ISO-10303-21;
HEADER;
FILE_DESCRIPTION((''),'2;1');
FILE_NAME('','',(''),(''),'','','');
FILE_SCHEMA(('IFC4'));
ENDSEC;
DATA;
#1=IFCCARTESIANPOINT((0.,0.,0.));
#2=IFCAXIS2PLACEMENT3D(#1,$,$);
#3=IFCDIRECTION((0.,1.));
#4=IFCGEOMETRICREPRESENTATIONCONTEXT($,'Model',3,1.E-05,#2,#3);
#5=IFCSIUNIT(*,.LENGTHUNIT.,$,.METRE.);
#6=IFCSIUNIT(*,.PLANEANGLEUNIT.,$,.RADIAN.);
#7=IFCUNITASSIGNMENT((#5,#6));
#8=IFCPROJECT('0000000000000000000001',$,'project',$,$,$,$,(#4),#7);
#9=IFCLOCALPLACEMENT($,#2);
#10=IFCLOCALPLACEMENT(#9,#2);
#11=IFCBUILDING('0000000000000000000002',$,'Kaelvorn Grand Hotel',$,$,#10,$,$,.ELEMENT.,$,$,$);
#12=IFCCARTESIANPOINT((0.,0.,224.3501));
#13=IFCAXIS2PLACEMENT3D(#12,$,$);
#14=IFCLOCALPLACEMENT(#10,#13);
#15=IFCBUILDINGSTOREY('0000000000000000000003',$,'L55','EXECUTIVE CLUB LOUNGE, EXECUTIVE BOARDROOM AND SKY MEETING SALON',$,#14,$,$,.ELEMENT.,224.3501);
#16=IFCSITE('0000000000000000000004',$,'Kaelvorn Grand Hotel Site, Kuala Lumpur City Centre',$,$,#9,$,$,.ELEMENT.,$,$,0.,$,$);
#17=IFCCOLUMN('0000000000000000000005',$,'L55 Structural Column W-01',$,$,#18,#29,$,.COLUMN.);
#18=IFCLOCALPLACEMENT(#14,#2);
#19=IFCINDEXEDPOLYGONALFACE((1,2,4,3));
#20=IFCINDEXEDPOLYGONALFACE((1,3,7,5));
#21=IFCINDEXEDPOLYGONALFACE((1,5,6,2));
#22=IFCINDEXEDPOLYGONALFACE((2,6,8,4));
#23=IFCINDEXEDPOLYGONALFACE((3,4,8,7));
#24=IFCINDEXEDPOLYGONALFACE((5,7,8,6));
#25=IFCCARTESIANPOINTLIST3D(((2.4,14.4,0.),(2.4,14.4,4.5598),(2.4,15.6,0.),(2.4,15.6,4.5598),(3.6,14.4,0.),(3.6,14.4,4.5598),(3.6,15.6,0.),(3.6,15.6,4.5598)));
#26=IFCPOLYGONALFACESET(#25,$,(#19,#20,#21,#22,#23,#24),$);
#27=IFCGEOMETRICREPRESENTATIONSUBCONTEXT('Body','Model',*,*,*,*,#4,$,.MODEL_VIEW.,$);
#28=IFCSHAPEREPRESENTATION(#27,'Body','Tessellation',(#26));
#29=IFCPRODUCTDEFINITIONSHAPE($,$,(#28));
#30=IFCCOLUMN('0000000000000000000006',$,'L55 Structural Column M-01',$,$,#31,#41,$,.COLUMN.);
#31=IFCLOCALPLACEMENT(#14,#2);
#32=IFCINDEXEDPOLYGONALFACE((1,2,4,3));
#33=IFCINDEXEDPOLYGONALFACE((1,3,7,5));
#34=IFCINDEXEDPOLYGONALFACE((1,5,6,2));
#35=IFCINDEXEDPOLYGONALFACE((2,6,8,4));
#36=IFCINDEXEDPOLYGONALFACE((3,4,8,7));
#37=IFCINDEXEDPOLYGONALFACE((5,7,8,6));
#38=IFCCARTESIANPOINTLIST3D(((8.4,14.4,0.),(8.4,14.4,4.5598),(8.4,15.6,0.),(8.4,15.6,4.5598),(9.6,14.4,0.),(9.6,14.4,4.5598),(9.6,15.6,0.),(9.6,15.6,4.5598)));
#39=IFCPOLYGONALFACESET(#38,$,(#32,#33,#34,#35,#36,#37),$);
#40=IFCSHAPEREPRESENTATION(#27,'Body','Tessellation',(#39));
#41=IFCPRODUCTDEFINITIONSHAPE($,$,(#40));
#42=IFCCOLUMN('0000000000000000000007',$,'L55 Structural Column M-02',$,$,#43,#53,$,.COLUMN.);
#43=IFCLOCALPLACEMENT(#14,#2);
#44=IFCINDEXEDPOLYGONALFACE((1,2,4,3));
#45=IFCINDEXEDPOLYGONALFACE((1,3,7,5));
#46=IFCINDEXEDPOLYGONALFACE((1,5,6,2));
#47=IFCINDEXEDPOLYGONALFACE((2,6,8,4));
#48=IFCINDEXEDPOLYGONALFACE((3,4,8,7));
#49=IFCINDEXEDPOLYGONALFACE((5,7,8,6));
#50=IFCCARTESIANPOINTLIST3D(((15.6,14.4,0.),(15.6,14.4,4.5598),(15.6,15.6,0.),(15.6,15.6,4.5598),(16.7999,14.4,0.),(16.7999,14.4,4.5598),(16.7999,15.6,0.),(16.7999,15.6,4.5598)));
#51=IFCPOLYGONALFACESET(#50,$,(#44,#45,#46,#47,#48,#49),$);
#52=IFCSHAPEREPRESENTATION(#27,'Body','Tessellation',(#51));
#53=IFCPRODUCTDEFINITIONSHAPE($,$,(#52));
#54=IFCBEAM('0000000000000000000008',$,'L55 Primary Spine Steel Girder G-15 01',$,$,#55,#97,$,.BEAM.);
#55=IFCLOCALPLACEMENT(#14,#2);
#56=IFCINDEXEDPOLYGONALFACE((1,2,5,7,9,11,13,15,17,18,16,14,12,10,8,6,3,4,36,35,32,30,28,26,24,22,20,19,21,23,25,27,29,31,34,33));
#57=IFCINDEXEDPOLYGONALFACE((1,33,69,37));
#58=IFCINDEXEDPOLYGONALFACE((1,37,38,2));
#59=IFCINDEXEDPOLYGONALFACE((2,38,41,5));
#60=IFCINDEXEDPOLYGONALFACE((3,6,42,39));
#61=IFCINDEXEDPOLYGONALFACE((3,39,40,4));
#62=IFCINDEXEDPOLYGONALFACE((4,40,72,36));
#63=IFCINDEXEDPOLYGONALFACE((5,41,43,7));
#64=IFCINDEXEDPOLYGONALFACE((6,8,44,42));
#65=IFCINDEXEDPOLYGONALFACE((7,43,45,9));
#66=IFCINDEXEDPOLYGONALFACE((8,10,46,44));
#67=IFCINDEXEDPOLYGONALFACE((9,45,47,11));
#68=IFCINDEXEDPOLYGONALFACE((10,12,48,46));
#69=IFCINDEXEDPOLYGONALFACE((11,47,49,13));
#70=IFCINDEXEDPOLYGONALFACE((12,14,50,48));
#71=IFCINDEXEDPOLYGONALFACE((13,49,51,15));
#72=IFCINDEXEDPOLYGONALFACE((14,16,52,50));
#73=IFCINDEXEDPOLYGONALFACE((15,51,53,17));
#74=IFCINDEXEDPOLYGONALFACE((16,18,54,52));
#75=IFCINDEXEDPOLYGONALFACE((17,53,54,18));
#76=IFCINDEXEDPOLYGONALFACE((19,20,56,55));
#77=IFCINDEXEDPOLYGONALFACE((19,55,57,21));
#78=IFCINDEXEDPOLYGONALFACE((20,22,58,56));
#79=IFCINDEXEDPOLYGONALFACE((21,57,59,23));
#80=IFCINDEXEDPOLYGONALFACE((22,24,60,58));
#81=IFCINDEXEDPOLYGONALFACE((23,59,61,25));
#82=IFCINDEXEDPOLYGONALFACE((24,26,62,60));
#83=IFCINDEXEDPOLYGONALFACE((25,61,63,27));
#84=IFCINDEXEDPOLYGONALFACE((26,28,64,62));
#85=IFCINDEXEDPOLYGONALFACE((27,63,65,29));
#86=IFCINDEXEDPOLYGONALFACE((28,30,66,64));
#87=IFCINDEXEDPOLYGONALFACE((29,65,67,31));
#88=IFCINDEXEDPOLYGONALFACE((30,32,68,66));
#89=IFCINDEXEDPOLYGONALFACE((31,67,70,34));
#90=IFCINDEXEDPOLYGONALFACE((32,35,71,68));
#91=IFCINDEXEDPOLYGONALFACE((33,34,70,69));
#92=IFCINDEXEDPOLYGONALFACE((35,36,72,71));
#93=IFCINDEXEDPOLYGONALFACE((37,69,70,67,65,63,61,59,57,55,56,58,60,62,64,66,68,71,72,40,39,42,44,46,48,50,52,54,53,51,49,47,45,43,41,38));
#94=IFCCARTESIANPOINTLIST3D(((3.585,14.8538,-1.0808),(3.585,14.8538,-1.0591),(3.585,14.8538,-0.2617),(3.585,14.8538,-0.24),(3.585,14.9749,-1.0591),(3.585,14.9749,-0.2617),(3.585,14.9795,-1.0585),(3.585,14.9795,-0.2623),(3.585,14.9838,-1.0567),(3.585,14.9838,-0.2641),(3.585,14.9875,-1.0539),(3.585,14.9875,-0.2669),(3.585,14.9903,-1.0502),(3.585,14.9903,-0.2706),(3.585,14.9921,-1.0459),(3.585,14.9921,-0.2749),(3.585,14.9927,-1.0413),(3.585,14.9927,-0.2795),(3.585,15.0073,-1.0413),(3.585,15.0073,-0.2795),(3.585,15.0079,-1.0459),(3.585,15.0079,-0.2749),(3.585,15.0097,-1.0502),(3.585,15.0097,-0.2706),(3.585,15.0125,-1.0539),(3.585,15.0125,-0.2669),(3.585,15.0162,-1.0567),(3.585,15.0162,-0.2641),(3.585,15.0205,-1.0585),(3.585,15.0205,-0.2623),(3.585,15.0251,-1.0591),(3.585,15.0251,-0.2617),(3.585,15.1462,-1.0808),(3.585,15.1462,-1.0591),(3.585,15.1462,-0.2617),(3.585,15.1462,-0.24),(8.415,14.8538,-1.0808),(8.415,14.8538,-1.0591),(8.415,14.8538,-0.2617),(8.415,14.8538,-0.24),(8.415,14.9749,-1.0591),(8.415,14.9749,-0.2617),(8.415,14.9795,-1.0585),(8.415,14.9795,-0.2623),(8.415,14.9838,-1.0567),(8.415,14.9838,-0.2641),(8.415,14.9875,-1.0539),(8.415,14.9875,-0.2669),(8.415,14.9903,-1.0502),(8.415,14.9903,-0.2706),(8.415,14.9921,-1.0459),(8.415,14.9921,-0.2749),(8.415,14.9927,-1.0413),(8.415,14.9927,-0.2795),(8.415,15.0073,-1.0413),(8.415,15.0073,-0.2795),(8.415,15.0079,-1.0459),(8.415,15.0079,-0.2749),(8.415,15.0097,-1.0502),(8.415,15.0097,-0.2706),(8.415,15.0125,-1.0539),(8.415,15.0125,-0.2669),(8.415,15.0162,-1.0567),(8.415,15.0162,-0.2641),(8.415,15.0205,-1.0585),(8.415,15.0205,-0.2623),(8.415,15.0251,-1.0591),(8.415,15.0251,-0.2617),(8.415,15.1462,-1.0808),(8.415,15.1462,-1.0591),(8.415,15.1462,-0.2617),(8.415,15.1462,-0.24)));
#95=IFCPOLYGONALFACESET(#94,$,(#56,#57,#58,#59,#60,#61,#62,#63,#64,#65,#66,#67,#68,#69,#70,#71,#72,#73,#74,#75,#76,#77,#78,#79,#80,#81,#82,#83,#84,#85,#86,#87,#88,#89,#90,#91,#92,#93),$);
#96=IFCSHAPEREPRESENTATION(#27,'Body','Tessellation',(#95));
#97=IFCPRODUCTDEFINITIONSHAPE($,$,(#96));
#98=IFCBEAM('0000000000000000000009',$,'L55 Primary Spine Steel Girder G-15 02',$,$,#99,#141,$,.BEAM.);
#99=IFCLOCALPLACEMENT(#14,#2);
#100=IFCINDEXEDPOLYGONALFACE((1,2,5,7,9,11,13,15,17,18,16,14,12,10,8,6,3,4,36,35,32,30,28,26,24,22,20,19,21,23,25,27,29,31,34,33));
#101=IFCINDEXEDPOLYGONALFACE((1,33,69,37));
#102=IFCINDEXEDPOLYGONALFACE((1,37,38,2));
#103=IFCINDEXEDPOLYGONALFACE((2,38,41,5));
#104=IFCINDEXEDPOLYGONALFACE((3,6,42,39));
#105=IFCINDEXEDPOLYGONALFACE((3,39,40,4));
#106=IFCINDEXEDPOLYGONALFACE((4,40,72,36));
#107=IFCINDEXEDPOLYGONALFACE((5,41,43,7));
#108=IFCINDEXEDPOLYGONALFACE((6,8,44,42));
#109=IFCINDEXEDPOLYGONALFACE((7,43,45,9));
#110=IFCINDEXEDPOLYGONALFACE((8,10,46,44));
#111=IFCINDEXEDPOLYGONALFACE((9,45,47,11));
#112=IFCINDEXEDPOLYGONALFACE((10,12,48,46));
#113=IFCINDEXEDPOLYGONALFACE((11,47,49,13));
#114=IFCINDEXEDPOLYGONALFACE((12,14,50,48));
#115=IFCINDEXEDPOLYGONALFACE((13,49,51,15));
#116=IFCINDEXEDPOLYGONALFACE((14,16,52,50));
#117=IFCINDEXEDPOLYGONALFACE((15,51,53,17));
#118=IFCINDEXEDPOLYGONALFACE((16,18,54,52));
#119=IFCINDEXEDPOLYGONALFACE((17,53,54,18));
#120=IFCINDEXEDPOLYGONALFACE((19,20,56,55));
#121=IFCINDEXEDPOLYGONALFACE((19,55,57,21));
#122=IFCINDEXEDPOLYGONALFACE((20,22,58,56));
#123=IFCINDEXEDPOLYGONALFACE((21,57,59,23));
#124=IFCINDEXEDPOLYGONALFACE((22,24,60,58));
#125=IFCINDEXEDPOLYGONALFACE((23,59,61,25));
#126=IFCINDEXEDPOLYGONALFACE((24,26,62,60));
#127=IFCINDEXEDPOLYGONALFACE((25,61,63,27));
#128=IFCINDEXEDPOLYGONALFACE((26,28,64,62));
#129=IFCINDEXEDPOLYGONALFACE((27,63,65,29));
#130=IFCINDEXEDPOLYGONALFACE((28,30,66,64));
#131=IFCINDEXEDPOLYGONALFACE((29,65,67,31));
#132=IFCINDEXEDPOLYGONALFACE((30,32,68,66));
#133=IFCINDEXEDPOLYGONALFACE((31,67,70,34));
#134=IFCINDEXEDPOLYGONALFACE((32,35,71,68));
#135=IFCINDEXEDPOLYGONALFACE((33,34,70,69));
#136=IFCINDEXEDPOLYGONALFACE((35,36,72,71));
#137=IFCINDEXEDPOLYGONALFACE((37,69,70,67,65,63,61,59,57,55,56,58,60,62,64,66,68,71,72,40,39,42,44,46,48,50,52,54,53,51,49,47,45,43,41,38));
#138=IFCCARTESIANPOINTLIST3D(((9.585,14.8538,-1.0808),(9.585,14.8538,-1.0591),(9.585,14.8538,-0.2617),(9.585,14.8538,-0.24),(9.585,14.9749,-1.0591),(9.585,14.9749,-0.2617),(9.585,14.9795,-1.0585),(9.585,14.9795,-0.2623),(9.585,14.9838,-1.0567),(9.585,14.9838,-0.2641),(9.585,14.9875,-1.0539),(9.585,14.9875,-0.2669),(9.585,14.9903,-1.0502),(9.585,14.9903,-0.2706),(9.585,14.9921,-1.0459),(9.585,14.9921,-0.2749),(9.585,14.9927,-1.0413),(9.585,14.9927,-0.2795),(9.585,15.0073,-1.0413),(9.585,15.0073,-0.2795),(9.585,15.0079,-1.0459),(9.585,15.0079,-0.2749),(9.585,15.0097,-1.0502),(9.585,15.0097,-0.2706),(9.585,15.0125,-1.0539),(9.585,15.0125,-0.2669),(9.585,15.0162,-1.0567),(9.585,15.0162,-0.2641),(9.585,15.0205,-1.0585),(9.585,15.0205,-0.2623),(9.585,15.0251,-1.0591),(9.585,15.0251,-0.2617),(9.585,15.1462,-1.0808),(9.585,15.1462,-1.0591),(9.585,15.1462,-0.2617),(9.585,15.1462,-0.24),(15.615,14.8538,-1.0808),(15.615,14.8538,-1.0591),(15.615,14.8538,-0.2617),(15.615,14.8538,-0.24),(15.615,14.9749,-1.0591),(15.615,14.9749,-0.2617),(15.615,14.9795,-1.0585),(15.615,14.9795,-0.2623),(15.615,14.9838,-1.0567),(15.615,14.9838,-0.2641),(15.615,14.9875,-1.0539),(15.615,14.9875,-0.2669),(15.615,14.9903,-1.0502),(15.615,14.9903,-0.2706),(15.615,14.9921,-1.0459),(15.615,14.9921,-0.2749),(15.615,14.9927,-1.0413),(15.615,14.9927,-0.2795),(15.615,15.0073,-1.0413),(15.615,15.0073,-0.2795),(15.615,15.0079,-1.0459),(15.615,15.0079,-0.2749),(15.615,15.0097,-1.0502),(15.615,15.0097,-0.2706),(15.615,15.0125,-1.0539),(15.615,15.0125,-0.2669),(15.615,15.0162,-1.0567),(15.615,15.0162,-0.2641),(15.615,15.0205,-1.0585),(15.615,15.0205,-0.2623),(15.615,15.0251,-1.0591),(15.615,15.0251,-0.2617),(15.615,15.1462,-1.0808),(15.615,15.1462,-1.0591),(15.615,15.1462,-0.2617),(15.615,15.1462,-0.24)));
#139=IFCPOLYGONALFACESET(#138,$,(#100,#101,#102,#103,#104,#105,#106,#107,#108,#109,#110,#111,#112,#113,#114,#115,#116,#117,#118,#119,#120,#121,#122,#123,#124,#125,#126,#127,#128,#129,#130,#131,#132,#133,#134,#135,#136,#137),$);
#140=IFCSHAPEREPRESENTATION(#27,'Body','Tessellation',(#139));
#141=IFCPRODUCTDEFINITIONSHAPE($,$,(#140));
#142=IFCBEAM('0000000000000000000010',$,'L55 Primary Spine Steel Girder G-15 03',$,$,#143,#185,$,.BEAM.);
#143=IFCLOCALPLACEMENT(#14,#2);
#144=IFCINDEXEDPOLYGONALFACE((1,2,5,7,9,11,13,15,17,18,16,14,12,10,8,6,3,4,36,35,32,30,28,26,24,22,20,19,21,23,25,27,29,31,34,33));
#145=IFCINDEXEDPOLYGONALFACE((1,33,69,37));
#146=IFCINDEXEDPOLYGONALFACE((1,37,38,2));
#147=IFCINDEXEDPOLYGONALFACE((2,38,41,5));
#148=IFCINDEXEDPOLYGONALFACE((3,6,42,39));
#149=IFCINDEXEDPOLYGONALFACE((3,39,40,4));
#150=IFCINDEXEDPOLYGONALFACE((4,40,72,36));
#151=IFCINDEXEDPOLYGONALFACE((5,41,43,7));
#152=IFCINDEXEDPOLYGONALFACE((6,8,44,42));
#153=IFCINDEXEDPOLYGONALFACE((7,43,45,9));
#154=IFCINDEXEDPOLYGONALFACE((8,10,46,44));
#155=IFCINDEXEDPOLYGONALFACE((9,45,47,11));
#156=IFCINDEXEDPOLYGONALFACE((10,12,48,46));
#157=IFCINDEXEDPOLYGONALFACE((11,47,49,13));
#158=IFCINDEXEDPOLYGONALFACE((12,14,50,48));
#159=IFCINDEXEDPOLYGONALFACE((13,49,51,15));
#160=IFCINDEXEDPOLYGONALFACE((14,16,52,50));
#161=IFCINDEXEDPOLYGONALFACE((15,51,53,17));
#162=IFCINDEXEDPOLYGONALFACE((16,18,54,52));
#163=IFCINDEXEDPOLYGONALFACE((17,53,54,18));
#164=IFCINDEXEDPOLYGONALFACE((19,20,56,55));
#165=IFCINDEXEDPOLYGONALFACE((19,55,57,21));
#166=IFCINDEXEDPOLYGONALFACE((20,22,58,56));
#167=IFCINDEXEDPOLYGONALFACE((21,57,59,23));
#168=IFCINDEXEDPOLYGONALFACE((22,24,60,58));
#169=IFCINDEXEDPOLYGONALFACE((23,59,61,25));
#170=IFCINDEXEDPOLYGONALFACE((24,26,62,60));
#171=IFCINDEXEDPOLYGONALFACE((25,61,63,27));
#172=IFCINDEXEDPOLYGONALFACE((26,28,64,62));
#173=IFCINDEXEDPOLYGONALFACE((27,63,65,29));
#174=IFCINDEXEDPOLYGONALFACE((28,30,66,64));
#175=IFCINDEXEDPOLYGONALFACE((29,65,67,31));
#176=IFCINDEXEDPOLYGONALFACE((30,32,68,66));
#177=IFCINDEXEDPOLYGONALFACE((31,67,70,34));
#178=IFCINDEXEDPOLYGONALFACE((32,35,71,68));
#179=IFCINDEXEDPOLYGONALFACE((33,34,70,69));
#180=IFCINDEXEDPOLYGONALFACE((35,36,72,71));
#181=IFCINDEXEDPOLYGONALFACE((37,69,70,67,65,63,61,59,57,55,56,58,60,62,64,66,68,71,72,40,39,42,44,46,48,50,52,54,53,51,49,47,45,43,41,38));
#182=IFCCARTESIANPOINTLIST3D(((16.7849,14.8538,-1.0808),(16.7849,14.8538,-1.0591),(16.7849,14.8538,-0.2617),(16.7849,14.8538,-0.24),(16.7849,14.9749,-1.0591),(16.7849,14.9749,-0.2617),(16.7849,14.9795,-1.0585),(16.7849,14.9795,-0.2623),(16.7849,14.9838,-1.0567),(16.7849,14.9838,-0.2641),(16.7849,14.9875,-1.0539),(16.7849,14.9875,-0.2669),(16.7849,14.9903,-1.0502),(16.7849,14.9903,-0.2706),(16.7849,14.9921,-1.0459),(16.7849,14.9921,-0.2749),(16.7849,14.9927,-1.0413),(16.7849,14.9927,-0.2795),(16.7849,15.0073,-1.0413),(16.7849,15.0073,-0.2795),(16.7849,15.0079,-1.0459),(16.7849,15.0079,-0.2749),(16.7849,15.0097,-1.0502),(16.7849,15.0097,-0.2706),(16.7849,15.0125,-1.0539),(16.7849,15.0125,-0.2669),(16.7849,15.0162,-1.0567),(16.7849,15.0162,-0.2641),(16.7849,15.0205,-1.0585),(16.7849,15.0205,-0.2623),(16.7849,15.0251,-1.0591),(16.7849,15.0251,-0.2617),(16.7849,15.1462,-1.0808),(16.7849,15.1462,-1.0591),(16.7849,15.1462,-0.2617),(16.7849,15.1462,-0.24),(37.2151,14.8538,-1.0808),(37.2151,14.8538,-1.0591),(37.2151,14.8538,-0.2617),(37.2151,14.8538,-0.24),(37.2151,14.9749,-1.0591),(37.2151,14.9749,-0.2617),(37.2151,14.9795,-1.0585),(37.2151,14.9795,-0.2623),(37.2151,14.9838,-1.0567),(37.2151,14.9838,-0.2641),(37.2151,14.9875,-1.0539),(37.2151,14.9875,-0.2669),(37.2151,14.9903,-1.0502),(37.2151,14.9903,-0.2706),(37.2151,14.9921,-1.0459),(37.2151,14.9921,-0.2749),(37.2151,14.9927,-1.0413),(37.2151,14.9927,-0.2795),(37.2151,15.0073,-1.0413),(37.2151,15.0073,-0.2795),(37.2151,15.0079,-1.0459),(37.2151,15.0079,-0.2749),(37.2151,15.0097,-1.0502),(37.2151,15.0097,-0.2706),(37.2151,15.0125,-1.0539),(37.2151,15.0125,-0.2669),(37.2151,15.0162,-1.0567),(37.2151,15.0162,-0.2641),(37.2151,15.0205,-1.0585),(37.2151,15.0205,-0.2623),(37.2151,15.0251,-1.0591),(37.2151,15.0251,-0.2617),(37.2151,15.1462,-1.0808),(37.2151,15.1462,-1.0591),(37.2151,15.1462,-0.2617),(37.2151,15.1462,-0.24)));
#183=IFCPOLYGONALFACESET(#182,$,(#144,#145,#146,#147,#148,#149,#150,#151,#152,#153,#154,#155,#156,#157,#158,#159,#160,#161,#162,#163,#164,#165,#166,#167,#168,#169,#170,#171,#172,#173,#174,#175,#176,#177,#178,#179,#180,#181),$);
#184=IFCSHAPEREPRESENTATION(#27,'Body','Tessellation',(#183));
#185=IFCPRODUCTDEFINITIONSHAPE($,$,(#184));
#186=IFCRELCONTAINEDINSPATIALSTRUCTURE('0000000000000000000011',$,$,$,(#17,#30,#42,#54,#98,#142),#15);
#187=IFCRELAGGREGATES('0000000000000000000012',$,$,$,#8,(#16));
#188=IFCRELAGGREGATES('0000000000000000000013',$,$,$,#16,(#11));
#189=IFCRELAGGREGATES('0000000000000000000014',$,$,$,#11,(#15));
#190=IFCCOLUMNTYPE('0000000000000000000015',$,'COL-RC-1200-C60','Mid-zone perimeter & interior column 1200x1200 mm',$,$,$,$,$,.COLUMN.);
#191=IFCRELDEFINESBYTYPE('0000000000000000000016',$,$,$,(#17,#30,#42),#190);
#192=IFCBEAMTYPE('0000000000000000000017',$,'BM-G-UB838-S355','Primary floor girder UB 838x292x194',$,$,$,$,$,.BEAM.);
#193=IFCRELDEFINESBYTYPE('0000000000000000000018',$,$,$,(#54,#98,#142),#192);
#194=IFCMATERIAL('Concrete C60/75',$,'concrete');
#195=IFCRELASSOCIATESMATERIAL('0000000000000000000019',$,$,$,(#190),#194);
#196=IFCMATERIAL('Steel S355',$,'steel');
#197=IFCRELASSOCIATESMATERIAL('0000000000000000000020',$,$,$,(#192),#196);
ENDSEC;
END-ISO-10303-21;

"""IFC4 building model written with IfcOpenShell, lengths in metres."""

from ifc_helpers import new_model, si_unit, direction, frame, origin, origin_2d, place, context, subcontext, project, spatial, rectangle, i_section, extrude, material, material_profile, profile_set, type_object, element, save


model = new_model("IFC4")

# Units and contexts
model_context = context("Model", 3, precision=1e-05, world=origin(), true_north=direction((0.0, 1.0)))
body_context = subcontext(model_context, "Body", "Model", "MODEL_VIEW")
ifc_project = project(units=[si_unit("LENGTHUNIT", "METRE"), si_unit("PLANEANGLEUNIT", "RADIAN")], contexts=[model_context])

# Site, building, storey
site_placement = place(None, origin())
site = spatial("IfcSite", under=ifc_project, at=site_placement, Name="Kaelvorn Grand Hotel Site, Kuala Lumpur City Centre", CompositionType="ELEMENT", RefElevation=0.0)
building_placement = place(site_placement, origin())
building = spatial("IfcBuilding", under=site, at=building_placement, Name="Kaelvorn Grand Hotel", CompositionType="ELEMENT")
storey_placement = place(building_placement, frame((0.0, 0.0, 224.3501)))
storey = spatial("IfcBuildingStorey", under=building, at=storey_placement, Name="L55", Description="EXECUTIVE CLUB LOUNGE, EXECUTIVE BOARDROOM AND SKY MEETING SALON", CompositionType="ELEMENT", Elevation=224.3501)

# Columns
ifc_material_1 = material(Name="Concrete C60/75", Category="concrete")
ifc_material_profile_1 = material_profile(ifc_material_1, rectangle(XDim=1.2, YDim=1.2, at=origin_2d()), Name="RC COL 1200x1200")
ifc_profile_set_1 = profile_set([ifc_material_profile_1], Name="Concrete C60/75")
column_type = type_object("IfcColumnType", Name="COL-RC-1200-C60", Description="Mid-zone perimeter & interior column 1200x1200 mm", PredefinedType="COLUMN", material=ifc_profile_set_1)
for number, where, z_axis, x_axis, name in (
    (1, (3.0, 15.0, 0.0), (0.0, 0.0, 1.0), (1.0, 0.0, 0.0), "L55 Structural Column W-01"),
    (2, (9.0, 15.0, 0.0), (0.0, 0.0, 1.0), (1.0, 0.0, 0.0), "L55 Structural Column M-01"),
    (3, (16.2, 15.0, 0.0), (0.0, 0.0, 1.0), (1.0, 0.0, 0.0), "L55 Structural Column M-02"),
):
    element("IfcColumn", number, at=place(storey_placement, frame(where, z_axis=z_axis, x_axis=x_axis)), inside=storey, type_object=column_type, Name=name, PredefinedType="COLUMN", context=body_context, shape_type="SweptSolid", body=[
        extrude(rectangle(XDim=1.2, YDim=1.2, at=origin_2d()), origin(), (0.0, 0.0, 1.0), 4.5598),
    ])

# Beams
ifc_material_2 = material(Name="Steel S355", Category="steel")
ifc_material_profile_2 = material_profile(ifc_material_2, i_section(OverallWidth=0.2925, OverallDepth=0.8408, WebThickness=0.0146, FlangeThickness=0.0217, FilletRadius=0.0178, at=origin_2d()), Name="UB 838x292x194")
ifc_profile_set_2 = profile_set([ifc_material_profile_2], Name="Steel S355")
beam_type_1 = type_object("IfcBeamType", Name="BM-G-UB838-S355", Description="Primary floor girder UB 838x292x194", PredefinedType="BEAM", material=ifc_profile_set_2)
beam_1_placement = place(storey_placement, frame((3.585, 15.0, -0.6604), z_axis=(1.0, 0.0, 0.0), x_axis=(0.0, 1.0, 0.0)))
element("IfcBeam", 4, at=beam_1_placement, inside=storey, type_object=beam_type_1, Name="L55 Primary Spine Steel Girder G-15 01", PredefinedType="BEAM", context=body_context, shape_type="SweptSolid", body=[
    extrude(i_section(OverallWidth=0.2925, OverallDepth=0.8408, WebThickness=0.0146, FlangeThickness=0.0217, FilletRadius=0.0178, at=origin_2d()), origin(), (0.0, 0.0, 1.0), 4.8301),
])
beam_2_placement = place(storey_placement, frame((9.585, 15.0, -0.6604), z_axis=(1.0, 0.0, 0.0), x_axis=(0.0, 1.0, 0.0)))
element("IfcBeam", 5, at=beam_2_placement, inside=storey, type_object=beam_type_1, Name="L55 Primary Spine Steel Girder G-15 02", PredefinedType="BEAM", context=body_context, shape_type="SweptSolid", body=[
    extrude(i_section(OverallWidth=0.2925, OverallDepth=0.8408, WebThickness=0.0146, FlangeThickness=0.0217, FilletRadius=0.0178, at=origin_2d()), origin(), (0.0, 0.0, 1.0), 6.03),
])
beam_3_placement = place(storey_placement, frame((16.7849, 15.0, -0.6604), z_axis=(1.0, 0.0, 0.0), x_axis=(0.0, 1.0, 0.0)))
element("IfcBeam", 6, at=beam_3_placement, inside=storey, type_object=beam_type_1, Name="L55 Primary Spine Steel Girder G-15 03", PredefinedType="BEAM", context=body_context, shape_type="SweptSolid", body=[
    extrude(i_section(OverallWidth=0.2925, OverallDepth=0.8408, WebThickness=0.0146, FlangeThickness=0.0217, FilletRadius=0.0178, at=origin_2d()), origin(), (0.0, 0.0, 1.0), 20.4302),
])

save(model, "model.ifc")
